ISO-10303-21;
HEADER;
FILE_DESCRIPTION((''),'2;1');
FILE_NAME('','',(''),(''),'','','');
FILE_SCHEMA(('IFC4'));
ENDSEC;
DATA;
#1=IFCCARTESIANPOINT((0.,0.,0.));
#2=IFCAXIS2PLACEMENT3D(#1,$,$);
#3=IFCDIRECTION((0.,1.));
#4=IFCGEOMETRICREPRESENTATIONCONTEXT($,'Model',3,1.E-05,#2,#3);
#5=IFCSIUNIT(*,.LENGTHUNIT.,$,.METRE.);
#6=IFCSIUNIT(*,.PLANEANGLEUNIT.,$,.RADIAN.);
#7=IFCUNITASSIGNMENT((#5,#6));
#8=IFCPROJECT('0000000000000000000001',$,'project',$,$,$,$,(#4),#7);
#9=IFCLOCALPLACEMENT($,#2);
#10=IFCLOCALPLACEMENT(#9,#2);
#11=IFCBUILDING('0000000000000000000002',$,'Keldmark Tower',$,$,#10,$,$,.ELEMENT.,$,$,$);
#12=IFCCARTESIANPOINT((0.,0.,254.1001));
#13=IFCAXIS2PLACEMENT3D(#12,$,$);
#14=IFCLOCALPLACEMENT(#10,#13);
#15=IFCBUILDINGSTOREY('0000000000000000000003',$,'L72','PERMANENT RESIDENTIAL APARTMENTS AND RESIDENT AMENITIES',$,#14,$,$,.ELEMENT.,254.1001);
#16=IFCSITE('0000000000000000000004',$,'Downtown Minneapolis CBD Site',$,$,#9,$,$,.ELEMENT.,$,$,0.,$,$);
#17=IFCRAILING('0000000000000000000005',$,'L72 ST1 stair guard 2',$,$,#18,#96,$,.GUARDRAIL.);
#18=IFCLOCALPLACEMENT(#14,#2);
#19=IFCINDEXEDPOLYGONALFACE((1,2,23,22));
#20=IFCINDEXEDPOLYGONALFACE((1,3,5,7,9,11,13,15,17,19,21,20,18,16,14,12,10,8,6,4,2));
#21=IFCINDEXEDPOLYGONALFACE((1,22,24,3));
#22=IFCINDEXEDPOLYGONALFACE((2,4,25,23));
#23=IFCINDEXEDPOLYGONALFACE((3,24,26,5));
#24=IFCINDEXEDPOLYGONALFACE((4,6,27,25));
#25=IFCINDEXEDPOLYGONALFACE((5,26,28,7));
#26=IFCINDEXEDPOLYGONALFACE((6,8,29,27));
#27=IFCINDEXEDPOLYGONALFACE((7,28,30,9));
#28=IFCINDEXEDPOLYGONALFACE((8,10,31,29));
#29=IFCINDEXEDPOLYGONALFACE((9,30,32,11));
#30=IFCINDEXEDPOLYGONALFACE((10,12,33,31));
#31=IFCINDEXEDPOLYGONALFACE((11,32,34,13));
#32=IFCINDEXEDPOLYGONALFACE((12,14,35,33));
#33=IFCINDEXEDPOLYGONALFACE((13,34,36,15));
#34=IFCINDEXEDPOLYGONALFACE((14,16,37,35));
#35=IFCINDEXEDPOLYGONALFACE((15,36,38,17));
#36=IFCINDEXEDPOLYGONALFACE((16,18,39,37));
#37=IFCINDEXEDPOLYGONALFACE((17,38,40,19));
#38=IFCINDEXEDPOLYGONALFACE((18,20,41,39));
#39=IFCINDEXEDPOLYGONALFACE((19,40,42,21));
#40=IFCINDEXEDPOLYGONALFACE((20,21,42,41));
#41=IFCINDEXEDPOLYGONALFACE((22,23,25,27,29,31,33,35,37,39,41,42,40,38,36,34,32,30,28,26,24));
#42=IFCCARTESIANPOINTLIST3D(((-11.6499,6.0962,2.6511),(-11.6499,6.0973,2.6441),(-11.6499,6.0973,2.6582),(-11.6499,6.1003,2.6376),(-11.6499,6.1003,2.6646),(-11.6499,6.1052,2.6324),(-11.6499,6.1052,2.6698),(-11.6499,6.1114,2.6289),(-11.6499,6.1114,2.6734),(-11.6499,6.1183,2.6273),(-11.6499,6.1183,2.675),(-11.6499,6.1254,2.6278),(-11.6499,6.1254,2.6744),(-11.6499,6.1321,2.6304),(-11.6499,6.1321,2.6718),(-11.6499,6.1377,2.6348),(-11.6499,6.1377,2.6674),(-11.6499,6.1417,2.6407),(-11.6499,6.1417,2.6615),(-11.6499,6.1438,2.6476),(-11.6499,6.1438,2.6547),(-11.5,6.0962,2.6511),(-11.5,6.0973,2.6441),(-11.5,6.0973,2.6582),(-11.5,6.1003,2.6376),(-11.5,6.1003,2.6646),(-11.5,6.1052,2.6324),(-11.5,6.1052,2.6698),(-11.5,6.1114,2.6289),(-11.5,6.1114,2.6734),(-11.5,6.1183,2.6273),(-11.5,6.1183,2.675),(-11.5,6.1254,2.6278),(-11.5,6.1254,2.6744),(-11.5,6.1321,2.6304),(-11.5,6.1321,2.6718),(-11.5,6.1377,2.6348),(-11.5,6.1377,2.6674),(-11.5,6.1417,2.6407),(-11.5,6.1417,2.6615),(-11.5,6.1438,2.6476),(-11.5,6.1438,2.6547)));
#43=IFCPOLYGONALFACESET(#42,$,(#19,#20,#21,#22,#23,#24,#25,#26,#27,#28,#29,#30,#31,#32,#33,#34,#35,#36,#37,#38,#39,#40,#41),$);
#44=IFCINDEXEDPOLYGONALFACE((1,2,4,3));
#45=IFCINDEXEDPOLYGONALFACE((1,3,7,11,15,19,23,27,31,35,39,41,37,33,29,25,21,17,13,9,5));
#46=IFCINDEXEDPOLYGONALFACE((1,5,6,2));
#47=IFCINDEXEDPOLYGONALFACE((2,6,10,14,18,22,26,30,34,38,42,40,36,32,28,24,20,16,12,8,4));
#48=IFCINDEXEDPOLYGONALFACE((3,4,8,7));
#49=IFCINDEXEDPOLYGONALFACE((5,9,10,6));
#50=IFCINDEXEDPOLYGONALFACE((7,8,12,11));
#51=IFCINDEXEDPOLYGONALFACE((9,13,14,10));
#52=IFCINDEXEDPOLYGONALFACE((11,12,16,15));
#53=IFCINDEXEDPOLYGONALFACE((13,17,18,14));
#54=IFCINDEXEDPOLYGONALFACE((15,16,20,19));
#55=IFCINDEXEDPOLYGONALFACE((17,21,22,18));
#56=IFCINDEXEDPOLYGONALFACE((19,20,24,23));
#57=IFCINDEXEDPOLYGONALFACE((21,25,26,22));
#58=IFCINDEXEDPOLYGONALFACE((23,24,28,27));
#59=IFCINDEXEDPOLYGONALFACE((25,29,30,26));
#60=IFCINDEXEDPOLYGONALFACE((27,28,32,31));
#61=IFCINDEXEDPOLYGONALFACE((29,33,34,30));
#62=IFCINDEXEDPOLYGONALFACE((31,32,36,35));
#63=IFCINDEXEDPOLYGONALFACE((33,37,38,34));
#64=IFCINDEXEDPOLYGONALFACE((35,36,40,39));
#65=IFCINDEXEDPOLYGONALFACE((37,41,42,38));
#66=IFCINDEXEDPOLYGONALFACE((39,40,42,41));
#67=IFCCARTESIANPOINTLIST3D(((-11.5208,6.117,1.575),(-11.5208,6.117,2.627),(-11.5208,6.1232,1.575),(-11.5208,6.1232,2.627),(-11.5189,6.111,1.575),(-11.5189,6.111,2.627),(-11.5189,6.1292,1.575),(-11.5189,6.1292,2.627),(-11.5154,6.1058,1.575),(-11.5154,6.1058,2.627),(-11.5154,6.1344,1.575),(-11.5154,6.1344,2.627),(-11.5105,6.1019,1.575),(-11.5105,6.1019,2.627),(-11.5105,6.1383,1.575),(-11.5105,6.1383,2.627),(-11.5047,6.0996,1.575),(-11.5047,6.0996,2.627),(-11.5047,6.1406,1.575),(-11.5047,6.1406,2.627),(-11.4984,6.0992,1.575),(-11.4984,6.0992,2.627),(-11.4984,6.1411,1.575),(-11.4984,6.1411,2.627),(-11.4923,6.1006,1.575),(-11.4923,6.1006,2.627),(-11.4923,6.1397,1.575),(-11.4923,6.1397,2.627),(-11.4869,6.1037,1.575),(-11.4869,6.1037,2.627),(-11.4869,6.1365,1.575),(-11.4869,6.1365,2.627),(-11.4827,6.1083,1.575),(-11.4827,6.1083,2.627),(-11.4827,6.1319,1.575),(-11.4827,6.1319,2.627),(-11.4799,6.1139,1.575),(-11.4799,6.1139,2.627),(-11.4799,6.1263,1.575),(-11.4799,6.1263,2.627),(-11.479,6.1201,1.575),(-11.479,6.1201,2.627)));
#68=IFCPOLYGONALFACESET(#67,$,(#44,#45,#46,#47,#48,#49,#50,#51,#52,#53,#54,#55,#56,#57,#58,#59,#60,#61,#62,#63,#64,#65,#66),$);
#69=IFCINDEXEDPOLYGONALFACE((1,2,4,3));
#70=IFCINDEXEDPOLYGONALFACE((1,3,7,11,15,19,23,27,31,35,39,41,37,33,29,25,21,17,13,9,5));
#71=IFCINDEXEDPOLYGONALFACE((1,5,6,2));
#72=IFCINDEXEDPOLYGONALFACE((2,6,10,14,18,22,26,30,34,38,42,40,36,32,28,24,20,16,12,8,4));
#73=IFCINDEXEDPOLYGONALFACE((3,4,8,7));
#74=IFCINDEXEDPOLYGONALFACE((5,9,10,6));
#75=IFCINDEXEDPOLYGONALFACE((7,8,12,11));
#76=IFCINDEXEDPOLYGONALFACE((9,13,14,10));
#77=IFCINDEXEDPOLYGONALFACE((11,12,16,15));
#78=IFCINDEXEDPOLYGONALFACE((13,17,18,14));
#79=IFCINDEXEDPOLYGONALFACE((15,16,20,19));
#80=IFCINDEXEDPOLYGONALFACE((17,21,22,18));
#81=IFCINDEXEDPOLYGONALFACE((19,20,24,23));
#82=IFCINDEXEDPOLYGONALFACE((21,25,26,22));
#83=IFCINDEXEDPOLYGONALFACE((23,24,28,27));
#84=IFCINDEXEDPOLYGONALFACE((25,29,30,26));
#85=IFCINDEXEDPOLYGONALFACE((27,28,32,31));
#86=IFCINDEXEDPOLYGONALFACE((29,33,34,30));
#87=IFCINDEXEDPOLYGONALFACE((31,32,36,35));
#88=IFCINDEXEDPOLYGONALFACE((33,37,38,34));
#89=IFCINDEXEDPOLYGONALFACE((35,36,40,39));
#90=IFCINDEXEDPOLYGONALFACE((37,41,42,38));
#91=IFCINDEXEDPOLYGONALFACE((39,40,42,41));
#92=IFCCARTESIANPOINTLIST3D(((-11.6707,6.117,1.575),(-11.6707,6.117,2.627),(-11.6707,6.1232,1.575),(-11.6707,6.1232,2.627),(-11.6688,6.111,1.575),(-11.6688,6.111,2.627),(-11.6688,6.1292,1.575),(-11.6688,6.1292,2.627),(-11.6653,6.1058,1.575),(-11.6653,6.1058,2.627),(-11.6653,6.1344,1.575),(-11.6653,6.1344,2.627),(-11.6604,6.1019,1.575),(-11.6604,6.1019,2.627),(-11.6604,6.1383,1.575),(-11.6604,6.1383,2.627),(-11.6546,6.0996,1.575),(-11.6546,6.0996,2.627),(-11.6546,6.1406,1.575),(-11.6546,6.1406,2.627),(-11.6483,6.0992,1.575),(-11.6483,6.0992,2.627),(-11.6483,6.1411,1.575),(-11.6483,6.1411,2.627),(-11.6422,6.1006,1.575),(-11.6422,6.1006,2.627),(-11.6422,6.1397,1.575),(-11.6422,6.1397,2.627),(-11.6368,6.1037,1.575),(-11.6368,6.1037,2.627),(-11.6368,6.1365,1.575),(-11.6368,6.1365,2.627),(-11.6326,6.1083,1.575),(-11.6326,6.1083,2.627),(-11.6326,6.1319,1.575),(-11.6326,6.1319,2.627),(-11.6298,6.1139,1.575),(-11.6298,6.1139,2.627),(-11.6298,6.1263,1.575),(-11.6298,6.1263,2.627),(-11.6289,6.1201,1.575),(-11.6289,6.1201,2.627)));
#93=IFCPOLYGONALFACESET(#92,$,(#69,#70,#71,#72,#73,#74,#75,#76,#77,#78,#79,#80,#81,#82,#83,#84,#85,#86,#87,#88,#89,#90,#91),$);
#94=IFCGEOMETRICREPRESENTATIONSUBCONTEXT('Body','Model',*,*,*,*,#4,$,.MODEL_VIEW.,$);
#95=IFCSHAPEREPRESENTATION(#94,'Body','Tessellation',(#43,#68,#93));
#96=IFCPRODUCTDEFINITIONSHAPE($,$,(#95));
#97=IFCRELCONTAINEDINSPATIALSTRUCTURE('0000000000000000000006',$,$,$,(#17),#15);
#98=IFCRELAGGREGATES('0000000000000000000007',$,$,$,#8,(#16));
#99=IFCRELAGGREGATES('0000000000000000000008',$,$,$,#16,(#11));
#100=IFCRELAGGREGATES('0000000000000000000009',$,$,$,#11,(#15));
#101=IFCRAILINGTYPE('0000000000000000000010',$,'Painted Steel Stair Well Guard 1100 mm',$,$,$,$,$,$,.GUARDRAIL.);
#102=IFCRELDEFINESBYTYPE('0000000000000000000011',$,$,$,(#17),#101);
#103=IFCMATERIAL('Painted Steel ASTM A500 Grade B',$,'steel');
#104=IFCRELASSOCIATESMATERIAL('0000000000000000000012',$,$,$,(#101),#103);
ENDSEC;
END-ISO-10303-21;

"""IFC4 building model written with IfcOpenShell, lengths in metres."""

from ifc_helpers import new_model, si_unit, direction, frame, origin, origin_2d, place, context, subcontext, project, spatial, circle, extrude, material, type_object, element, save


model = new_model("IFC4")

# Units and contexts
model_context = context("Model", 3, precision=1e-05, world=origin(), true_north=direction((0.0, 1.0)))
body_context = subcontext(model_context, "Body", "Model", "MODEL_VIEW")
ifc_project = project(units=[si_unit("LENGTHUNIT", "METRE"), si_unit("PLANEANGLEUNIT", "RADIAN")], contexts=[model_context])

# Site, building, storey
site_placement = place(None, origin())
site = spatial("IfcSite", under=ifc_project, at=site_placement, Name="Downtown Minneapolis CBD Site", CompositionType="ELEMENT", RefElevation=0.0)
building_placement = place(site_placement, origin())
building = spatial("IfcBuilding", under=site, at=building_placement, Name="Keldmark Tower", CompositionType="ELEMENT")
storey_placement = place(building_placement, frame((0.0, 0.0, 254.1001)))
storey = spatial("IfcBuildingStorey", under=building, at=storey_placement, Name="L72", Description="PERMANENT RESIDENTIAL APARTMENTS AND RESIDENT AMENITIES", CompositionType="ELEMENT", Elevation=254.1001)

# Railing
ifc_material_1 = material(Name="Painted Steel ASTM A500 Grade B", Category="steel")
railing_type_1 = type_object("IfcRailingType", Name="Painted Steel Stair Well Guard 1100 mm", PredefinedType="GUARDRAIL", material=ifc_material_1)
railing_1_placement = place(storey_placement, frame((-11.5, 6.1201, 1.575)))
element("IfcRailing", 1, at=railing_1_placement, inside=storey, type_object=railing_type_1, Name="L72 ST1 stair guard 2", PredefinedType="GUARDRAIL", context=body_context, shape_type="SweptSolid", body=[
    extrude(circle(Radius=0.0239, at=origin_2d()), frame((0.0, 0.0, 1.0762), z_axis=(-1.0, 0.0, 0.0), x_axis=(0.0, -1.0, 0.0)), (0.0, 0.0, 1.0), 0.1499),
    extrude(circle(Radius=0.021, at=origin_2d()), origin(), (0.0, 0.0, 1.0), 1.052),
    extrude(circle(Radius=0.021, at=origin_2d()), frame((-0.1499, 0.0, 0.0)), (0.0, 0.0, 1.0), 1.052),
])

save(model, "model.ifc")
